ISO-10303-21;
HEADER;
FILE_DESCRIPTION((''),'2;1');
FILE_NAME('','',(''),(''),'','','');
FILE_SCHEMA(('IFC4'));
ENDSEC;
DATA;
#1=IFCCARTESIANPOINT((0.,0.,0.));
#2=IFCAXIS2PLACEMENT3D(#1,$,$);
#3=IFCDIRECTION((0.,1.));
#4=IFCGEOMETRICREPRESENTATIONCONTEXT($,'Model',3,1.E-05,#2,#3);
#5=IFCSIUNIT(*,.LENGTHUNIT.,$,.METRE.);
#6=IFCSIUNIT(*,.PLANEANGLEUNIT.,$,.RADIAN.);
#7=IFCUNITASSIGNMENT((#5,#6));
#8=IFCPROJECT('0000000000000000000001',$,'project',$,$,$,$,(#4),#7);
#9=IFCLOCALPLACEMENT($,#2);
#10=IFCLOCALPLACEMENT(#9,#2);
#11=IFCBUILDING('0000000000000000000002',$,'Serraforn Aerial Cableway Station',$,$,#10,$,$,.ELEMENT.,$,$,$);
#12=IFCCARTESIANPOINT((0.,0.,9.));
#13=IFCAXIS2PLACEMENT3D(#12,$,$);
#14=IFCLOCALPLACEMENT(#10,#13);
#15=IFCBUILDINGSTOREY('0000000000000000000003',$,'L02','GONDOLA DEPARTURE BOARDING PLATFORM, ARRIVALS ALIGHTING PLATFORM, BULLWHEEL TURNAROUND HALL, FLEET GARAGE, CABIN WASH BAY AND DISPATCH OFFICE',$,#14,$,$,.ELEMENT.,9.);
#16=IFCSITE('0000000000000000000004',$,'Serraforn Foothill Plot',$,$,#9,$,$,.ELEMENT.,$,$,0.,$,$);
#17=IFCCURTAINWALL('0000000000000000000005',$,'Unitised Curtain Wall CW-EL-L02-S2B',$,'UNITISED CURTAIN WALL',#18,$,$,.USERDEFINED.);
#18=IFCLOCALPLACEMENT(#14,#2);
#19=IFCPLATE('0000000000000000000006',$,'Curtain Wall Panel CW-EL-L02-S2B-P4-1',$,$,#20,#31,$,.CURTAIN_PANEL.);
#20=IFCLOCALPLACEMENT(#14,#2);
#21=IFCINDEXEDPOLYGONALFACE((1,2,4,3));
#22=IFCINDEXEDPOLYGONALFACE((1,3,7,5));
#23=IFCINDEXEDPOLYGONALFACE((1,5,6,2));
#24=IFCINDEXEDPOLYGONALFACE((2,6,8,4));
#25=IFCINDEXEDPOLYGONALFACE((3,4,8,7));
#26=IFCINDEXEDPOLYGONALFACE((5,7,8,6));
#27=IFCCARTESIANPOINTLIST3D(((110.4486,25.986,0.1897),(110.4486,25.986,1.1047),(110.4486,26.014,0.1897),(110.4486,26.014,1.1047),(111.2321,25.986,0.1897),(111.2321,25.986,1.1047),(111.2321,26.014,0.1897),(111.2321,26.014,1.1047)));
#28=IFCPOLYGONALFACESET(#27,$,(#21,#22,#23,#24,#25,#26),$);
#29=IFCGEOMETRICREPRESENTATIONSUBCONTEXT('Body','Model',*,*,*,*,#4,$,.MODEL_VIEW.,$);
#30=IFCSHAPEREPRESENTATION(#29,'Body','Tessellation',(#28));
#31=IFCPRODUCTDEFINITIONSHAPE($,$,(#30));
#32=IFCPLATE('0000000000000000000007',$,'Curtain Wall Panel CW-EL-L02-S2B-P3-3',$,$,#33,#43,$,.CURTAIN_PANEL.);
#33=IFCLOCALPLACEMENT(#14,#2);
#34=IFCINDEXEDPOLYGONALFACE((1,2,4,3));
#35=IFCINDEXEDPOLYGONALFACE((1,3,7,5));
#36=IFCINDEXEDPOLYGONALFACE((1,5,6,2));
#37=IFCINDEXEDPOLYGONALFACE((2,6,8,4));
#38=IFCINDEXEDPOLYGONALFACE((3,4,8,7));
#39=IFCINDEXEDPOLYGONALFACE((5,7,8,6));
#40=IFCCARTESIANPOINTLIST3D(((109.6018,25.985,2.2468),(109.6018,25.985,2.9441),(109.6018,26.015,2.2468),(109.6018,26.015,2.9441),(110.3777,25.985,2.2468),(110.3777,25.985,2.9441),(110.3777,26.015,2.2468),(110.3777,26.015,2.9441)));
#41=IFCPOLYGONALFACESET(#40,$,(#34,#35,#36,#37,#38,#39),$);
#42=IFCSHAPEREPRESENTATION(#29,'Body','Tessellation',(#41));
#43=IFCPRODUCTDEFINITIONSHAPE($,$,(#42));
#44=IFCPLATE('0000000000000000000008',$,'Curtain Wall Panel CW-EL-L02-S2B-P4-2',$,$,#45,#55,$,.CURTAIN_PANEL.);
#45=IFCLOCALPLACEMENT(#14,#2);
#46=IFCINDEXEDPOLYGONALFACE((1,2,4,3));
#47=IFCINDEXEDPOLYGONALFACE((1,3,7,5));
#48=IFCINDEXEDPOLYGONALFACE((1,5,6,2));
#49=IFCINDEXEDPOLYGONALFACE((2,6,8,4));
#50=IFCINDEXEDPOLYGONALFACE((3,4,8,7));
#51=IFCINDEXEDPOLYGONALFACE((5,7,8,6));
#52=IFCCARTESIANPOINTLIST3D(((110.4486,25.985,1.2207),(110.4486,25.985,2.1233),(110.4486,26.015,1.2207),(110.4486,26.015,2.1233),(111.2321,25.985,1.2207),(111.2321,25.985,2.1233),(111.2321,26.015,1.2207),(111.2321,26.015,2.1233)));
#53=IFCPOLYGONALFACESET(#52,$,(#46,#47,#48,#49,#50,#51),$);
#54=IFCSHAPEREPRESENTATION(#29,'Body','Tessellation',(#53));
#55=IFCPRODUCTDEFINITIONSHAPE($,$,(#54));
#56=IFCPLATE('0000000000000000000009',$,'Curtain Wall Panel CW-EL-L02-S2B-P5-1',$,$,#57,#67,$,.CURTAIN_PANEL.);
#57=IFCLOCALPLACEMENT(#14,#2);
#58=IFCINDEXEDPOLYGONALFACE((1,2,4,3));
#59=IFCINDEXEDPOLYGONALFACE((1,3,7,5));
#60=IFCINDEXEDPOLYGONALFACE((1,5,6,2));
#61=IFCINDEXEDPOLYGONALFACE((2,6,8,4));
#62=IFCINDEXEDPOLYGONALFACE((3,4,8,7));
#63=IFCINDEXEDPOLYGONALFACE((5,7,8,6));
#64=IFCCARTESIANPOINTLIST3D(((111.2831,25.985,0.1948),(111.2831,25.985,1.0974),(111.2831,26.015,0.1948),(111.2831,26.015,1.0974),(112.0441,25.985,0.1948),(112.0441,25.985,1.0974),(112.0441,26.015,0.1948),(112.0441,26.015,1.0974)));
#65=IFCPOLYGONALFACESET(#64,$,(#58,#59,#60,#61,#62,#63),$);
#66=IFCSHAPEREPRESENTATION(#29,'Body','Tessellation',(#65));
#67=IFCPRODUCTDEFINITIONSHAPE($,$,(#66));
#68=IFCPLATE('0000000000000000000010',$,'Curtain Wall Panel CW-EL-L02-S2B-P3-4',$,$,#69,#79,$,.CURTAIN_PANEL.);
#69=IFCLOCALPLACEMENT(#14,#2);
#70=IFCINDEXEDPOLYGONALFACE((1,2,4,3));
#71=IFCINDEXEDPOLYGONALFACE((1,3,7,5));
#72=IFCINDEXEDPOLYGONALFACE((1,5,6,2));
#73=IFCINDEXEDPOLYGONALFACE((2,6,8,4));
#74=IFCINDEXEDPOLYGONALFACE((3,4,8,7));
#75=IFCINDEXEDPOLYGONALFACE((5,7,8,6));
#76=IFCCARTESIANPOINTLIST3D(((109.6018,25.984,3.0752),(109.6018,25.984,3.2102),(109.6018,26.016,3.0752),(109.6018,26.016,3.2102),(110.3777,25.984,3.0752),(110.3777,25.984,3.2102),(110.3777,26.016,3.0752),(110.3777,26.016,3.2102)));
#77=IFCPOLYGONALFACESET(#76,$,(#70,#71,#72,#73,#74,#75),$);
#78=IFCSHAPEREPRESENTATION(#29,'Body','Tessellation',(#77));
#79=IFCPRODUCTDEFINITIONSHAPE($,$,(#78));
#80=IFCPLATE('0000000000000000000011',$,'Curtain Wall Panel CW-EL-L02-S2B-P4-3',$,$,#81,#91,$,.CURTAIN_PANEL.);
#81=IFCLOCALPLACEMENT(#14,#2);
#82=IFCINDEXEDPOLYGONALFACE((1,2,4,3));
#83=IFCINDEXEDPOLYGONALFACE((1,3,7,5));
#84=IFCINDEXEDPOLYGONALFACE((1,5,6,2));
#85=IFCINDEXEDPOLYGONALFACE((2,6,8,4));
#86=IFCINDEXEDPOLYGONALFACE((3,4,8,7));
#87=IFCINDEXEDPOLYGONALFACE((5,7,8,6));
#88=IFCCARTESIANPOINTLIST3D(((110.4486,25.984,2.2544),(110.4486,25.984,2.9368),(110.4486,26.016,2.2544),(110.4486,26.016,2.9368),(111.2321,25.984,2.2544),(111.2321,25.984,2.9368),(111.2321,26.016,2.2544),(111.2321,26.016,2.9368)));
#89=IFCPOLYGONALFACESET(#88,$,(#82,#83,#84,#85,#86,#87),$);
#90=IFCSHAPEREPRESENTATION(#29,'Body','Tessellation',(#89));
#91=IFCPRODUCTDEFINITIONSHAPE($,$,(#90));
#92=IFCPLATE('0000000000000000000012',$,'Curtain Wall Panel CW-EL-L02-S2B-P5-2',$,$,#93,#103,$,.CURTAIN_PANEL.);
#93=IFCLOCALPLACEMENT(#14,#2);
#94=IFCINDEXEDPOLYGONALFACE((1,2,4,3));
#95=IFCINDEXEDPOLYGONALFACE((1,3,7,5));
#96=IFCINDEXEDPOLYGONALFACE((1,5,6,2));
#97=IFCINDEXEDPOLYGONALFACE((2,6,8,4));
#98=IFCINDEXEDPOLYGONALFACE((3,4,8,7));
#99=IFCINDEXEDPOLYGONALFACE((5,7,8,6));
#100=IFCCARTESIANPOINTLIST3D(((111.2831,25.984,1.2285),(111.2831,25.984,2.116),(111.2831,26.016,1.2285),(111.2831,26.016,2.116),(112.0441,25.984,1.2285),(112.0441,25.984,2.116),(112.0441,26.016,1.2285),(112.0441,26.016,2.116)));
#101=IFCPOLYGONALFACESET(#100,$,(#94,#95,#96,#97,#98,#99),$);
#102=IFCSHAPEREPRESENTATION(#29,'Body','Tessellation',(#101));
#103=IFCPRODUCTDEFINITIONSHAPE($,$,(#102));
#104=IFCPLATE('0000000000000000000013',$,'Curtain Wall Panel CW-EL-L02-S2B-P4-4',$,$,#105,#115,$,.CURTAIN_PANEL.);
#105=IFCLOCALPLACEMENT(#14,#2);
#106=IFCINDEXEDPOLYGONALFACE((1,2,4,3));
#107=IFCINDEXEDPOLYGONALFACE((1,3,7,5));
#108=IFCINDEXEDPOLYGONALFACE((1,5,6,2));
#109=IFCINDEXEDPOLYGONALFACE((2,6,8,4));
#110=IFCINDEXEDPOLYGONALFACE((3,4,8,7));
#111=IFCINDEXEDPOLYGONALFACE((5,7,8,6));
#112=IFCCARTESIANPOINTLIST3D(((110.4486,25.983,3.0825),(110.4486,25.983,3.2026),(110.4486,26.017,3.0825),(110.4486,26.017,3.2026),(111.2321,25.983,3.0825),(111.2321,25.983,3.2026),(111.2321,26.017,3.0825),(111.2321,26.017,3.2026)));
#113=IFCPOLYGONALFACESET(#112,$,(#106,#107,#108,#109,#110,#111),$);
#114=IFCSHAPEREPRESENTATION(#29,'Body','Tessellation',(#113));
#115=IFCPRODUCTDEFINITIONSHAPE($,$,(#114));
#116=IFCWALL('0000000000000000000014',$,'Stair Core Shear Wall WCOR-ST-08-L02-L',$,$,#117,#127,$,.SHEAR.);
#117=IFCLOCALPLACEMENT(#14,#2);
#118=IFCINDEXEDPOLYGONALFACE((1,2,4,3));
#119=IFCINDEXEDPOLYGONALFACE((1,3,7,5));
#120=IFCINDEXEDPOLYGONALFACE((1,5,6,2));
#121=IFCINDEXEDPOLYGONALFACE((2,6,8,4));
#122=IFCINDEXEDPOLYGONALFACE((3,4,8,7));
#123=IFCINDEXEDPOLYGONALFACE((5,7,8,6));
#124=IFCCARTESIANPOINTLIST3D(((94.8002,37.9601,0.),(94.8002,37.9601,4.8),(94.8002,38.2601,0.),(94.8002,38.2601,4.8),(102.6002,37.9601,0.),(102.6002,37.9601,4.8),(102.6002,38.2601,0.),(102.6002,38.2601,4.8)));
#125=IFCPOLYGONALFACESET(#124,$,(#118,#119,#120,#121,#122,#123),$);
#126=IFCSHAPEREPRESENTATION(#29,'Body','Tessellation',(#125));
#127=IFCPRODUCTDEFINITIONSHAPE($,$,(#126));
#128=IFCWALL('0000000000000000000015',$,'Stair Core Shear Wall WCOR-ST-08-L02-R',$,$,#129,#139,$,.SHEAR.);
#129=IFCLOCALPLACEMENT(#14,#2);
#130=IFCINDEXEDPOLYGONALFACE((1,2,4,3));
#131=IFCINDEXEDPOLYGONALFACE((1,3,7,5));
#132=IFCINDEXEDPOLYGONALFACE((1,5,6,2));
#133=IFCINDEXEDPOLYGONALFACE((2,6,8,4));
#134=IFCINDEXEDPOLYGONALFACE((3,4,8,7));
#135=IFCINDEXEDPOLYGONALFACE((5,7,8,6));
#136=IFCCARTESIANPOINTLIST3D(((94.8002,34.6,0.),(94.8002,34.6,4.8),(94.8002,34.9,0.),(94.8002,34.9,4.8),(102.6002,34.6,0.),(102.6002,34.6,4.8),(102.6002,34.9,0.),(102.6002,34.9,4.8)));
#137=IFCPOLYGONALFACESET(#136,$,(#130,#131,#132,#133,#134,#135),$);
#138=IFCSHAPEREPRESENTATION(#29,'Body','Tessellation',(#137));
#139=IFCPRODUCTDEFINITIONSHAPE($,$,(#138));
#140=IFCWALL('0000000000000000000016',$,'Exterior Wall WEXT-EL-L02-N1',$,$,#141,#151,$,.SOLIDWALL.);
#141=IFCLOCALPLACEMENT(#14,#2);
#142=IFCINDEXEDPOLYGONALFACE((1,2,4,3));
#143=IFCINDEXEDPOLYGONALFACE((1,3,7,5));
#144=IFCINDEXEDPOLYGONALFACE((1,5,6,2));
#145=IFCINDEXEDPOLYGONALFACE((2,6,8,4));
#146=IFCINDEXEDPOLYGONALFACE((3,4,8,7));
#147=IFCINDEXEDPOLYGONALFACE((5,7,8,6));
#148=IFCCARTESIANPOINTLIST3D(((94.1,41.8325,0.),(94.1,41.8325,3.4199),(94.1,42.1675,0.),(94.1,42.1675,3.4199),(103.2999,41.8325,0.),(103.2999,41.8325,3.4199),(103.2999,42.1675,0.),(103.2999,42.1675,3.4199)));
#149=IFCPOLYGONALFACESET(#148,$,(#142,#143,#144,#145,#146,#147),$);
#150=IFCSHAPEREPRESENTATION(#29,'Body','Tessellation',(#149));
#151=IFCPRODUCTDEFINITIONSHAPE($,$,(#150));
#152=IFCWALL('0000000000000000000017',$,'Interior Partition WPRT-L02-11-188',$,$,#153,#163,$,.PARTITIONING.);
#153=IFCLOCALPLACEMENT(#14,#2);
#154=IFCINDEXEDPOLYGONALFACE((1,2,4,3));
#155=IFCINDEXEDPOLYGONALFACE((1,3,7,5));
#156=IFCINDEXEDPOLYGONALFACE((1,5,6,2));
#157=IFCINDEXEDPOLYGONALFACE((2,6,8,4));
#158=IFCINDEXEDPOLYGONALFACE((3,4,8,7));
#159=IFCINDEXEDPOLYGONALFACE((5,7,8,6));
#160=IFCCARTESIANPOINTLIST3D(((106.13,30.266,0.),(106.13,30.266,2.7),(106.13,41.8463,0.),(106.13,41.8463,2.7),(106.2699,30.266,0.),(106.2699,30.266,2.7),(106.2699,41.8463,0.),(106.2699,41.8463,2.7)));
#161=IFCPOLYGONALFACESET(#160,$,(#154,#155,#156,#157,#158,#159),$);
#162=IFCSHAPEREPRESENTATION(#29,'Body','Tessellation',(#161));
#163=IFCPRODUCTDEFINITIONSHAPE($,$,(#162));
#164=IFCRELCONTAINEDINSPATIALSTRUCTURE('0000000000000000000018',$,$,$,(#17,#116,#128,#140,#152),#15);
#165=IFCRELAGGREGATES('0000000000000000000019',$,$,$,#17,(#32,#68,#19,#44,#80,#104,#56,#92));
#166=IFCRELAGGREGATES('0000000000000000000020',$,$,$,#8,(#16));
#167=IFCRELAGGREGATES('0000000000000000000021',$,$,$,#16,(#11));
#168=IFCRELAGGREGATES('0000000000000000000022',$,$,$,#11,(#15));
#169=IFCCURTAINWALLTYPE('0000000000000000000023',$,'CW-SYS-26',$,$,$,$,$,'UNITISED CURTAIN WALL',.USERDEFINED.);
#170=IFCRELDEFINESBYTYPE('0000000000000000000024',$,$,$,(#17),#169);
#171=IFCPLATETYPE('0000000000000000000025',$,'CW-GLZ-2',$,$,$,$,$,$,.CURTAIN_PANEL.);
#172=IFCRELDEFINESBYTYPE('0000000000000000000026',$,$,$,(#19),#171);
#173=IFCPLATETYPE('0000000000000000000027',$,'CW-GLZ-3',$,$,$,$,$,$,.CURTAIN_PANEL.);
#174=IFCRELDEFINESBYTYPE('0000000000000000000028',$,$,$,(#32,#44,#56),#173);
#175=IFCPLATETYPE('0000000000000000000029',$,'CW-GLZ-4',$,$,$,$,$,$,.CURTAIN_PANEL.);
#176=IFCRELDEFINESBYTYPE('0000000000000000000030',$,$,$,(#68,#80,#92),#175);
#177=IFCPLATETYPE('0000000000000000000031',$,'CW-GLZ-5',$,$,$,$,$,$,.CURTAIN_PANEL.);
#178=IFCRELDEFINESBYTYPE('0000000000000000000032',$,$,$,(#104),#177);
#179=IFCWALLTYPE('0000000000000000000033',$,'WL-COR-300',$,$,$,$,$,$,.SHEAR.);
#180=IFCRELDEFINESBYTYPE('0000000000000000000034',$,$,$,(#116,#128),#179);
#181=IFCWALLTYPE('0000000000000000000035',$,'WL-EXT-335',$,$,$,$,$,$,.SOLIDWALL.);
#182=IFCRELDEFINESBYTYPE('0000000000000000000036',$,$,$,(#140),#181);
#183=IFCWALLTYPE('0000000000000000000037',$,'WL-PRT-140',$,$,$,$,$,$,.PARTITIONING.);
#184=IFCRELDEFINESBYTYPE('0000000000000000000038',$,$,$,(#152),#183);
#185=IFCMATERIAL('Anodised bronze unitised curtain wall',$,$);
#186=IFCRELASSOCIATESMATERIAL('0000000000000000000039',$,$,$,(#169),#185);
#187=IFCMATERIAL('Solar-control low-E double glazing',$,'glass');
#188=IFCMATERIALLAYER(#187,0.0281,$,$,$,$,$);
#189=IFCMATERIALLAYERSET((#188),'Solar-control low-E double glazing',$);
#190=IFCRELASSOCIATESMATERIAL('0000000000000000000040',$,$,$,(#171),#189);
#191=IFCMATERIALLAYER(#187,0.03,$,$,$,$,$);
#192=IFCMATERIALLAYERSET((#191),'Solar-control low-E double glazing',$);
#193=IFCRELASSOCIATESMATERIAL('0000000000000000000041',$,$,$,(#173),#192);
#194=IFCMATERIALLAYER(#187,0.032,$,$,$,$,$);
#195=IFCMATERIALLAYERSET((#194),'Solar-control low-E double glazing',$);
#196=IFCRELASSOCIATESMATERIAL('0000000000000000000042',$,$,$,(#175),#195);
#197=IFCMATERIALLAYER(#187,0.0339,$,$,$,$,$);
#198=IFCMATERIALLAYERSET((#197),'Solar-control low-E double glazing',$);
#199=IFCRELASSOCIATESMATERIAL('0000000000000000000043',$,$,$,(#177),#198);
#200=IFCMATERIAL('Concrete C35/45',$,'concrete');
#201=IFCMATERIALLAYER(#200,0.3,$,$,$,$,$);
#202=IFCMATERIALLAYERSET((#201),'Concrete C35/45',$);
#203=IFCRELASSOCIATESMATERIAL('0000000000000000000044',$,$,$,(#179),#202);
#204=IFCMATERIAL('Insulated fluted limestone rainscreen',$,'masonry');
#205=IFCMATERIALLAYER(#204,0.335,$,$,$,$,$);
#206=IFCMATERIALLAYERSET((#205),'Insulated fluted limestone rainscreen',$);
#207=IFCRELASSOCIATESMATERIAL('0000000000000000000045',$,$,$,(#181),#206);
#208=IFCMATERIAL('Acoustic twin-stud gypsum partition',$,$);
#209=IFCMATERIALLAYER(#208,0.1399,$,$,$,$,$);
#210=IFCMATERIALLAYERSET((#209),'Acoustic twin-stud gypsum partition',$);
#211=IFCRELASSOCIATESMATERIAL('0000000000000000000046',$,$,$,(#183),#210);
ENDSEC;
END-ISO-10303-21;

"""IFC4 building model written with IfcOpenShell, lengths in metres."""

from ifc_helpers import new_model, si_unit, direction, frame, frame_2d, origin, origin_2d, place, context, subcontext, project, spatial, rectangle, extrude, material, layer, layer_set, type_object, element, aggregate, save


model = new_model("IFC4")

# Units and contexts
model_context = context("Model", 3, precision=1e-05, world=origin(), true_north=direction((0.0, 1.0)))
body_context = subcontext(model_context, "Body", "Model", "MODEL_VIEW")
ifc_project = project(units=[si_unit("LENGTHUNIT", "METRE"), si_unit("PLANEANGLEUNIT", "RADIAN")], contexts=[model_context])

# Site, building, storey
site_placement = place(None, origin())
site = spatial("IfcSite", under=ifc_project, at=site_placement, Name="Serraforn Foothill Plot", CompositionType="ELEMENT", RefElevation=0.0)
building_placement = place(site_placement, origin())
building = spatial("IfcBuilding", under=site, at=building_placement, Name="Serraforn Aerial Cableway Station", CompositionType="ELEMENT")
storey_placement = place(building_placement, frame((0.0, 0.0, 9.0)))
storey = spatial("IfcBuildingStorey", under=building, at=storey_placement, Name="L02", Description="GONDOLA DEPARTURE BOARDING PLATFORM, ARRIVALS ALIGHTING PLATFORM, BULLWHEEL TURNAROUND HALL, FLEET GARAGE, CABIN WASH BAY AND DISPATCH OFFICE", CompositionType="ELEMENT", Elevation=9.0)

# Curtain wall, plates
ifc_material_1 = material(Name="Anodised bronze unitised curtain wall")
curtain_wall_type = type_object("IfcCurtainWallType", Name="CW-SYS-26", ElementType="UNITISED CURTAIN WALL", PredefinedType="USERDEFINED", material=ifc_material_1)
curtain_wall_placement = place(storey_placement, origin())
curtain_wall = element("IfcCurtainWall", 1, at=curtain_wall_placement, inside=storey, type_object=curtain_wall_type, Name="Unitised Curtain Wall CW-EL-L02-S2B", ObjectType="UNITISED CURTAIN WALL", PredefinedType="USERDEFINED")
ifc_material_2 = material(Name="Solar-control low-E double glazing", Category="glass")
ifc_layer_1 = layer(ifc_material_2, 0.0281)
ifc_layer_set_1 = layer_set([ifc_layer_1], Name="Solar-control low-E double glazing")
plate_type_1 = type_object("IfcPlateType", Name="CW-GLZ-2", PredefinedType="CURTAIN_PANEL", material=ifc_layer_set_1)
plate_1_placement = place(storey_placement, frame((110.8403, 26.0, 0.1897), z_axis=(0.0, 0.0, 1.0), x_axis=(1.0, 0.0, 0.0)))
plate_1 = element("IfcPlate", 2, at=plate_1_placement, type_object=plate_type_1, Name="Curtain Wall Panel CW-EL-L02-S2B-P4-1", PredefinedType="CURTAIN_PANEL", context=body_context, shape_type="SweptSolid", body=[
    extrude(rectangle(XDim=0.7834, YDim=0.0281, at=origin_2d()), origin(), (0.0, 0.0, 1.0), 0.915),
])
ifc_layer_2 = layer(ifc_material_2, 0.03)
ifc_layer_set_2 = layer_set([ifc_layer_2], Name="Solar-control low-E double glazing")
plate_type_2 = type_object("IfcPlateType", Name="CW-GLZ-3", PredefinedType="CURTAIN_PANEL", material=ifc_layer_set_2)
plate_2_placement = place(storey_placement, frame((109.9897, 26.0, 2.2468), z_axis=(0.0, 0.0, 1.0), x_axis=(1.0, 0.0, 0.0)))
plate_2 = element("IfcPlate", 3, at=plate_2_placement, type_object=plate_type_2, Name="Curtain Wall Panel CW-EL-L02-S2B-P3-3", PredefinedType="CURTAIN_PANEL", context=body_context, shape_type="SweptSolid", body=[
    extrude(rectangle(XDim=0.7759, YDim=0.03, at=origin_2d()), origin(), (0.0, 0.0, 1.0), 0.6973),
])
plate_3_placement = place(storey_placement, frame((110.8403, 26.0, 1.2207), z_axis=(0.0, 0.0, 1.0), x_axis=(1.0, 0.0, 0.0)))
plate_3 = element("IfcPlate", 4, at=plate_3_placement, type_object=plate_type_2, Name="Curtain Wall Panel CW-EL-L02-S2B-P4-2", PredefinedType="CURTAIN_PANEL", context=body_context, shape_type="SweptSolid", body=[
    extrude(rectangle(XDim=0.7834, YDim=0.03, at=origin_2d()), origin(), (0.0, 0.0, 1.0), 0.9026),
])
plate_4_placement = place(storey_placement, frame((111.6636, 26.0, 0.1948), z_axis=(0.0, 0.0, 1.0), x_axis=(1.0, 0.0, 0.0)))
plate_4 = element("IfcPlate", 5, at=plate_4_placement, type_object=plate_type_2, Name="Curtain Wall Panel CW-EL-L02-S2B-P5-1", PredefinedType="CURTAIN_PANEL", context=body_context, shape_type="SweptSolid", body=[
    extrude(rectangle(XDim=0.761, YDim=0.03, at=origin_2d()), origin(), (0.0, 0.0, 1.0), 0.9026),
])
ifc_layer_3 = layer(ifc_material_2, 0.032)
ifc_layer_set_3 = layer_set([ifc_layer_3], Name="Solar-control low-E double glazing")
plate_type_3 = type_object("IfcPlateType", Name="CW-GLZ-4", PredefinedType="CURTAIN_PANEL", material=ifc_layer_set_3)
plate_5_placement = place(storey_placement, frame((109.9897, 26.0, 3.0752), z_axis=(0.0, 0.0, 1.0), x_axis=(1.0, 0.0, 0.0)))
plate_5 = element("IfcPlate", 6, at=plate_5_placement, type_object=plate_type_3, Name="Curtain Wall Panel CW-EL-L02-S2B-P3-4", PredefinedType="CURTAIN_PANEL", context=body_context, shape_type="SweptSolid", body=[
    extrude(rectangle(XDim=0.7759, YDim=0.032, at=origin_2d()), origin(), (0.0, 0.0, 1.0), 0.135),
])
plate_6_placement = place(storey_placement, frame((110.8403, 26.0, 2.2544), z_axis=(0.0, 0.0, 1.0), x_axis=(1.0, 0.0, 0.0)))
plate_6 = element("IfcPlate", 7, at=plate_6_placement, type_object=plate_type_3, Name="Curtain Wall Panel CW-EL-L02-S2B-P4-3", PredefinedType="CURTAIN_PANEL", context=body_context, shape_type="SweptSolid", body=[
    extrude(rectangle(XDim=0.7834, YDim=0.032, at=origin_2d()), origin(), (0.0, 0.0, 1.0), 0.6824),
])
plate_7_placement = place(storey_placement, frame((111.6636, 26.0, 1.2285), z_axis=(0.0, 0.0, 1.0), x_axis=(1.0, 0.0, 0.0)))
plate_7 = element("IfcPlate", 8, at=plate_7_placement, type_object=plate_type_3, Name="Curtain Wall Panel CW-EL-L02-S2B-P5-2", PredefinedType="CURTAIN_PANEL", context=body_context, shape_type="SweptSolid", body=[
    extrude(rectangle(XDim=0.761, YDim=0.032, at=origin_2d()), origin(), (0.0, 0.0, 1.0), 0.8875),
])
ifc_layer_4 = layer(ifc_material_2, 0.0339)
ifc_layer_set_4 = layer_set([ifc_layer_4], Name="Solar-control low-E double glazing")
plate_type_4 = type_object("IfcPlateType", Name="CW-GLZ-5", PredefinedType="CURTAIN_PANEL", material=ifc_layer_set_4)
plate_8_placement = place(storey_placement, frame((110.8403, 26.0, 3.0825), z_axis=(0.0, 0.0, 1.0), x_axis=(1.0, 0.0, 0.0)))
plate_8 = element("IfcPlate", 9, at=plate_8_placement, type_object=plate_type_4, Name="Curtain Wall Panel CW-EL-L02-S2B-P4-4", PredefinedType="CURTAIN_PANEL", context=body_context, shape_type="SweptSolid", body=[
    extrude(rectangle(XDim=0.7834, YDim=0.0339, at=origin_2d()), origin(), (0.0, 0.0, 1.0), 0.1201),
])
aggregate(curtain_wall, [plate_2, plate_5, plate_1, plate_3, plate_6, plate_8, plate_4, plate_7])

# Shared definitions
ifc_material_3 = material(Name="Concrete C35/45", Category="concrete")
ifc_layer_5 = layer(ifc_material_3, 0.3)
ifc_layer_set_5 = layer_set([ifc_layer_5], Name="Concrete C35/45")
wall_type_1 = type_object("IfcWallType", Name="WL-COR-300", PredefinedType="SHEAR", material=ifc_layer_set_5)

# Walls
for number, where, z_axis, x_axis, name in (
    (10, (102.6001, 38.1101, 0.0), (0.0, 0.0, 1.0), (-1.0, 0.0, 0.0), "Stair Core Shear Wall WCOR-ST-08-L02-L"),
    (11, (102.6001, 34.75, 0.0), (0.0, 0.0, 1.0), (-1.0, 0.0, 0.0), "Stair Core Shear Wall WCOR-ST-08-L02-R"),
):
    element("IfcWall", number, at=place(storey_placement, frame(where, z_axis=z_axis, x_axis=x_axis)), inside=storey, type_object=wall_type_1, Name=name, PredefinedType="SHEAR", context=body_context, shape_type="SweptSolid", body=[
        extrude(rectangle(XDim=7.8, YDim=0.3, at=frame_2d((3.8999, 0.0))), origin(), (0.0, 0.0, 1.0), 4.8),
    ])
ifc_material_4 = material(Name="Insulated fluted limestone rainscreen", Category="masonry")
ifc_layer_6 = layer(ifc_material_4, 0.335)
ifc_layer_set_6 = layer_set([ifc_layer_6], Name="Insulated fluted limestone rainscreen")
wall_type_2 = type_object("IfcWallType", Name="WL-EXT-335", PredefinedType="SOLIDWALL", material=ifc_layer_set_6)
wall_1_placement = place(storey_placement, frame((103.3, 42.0, 0.0), z_axis=(0.0, 0.0, 1.0), x_axis=(-1.0, 0.0, 0.0)))
element("IfcWall", 12, at=wall_1_placement, inside=storey, type_object=wall_type_2, Name="Exterior Wall WEXT-EL-L02-N1", PredefinedType="SOLIDWALL", context=body_context, shape_type="SweptSolid", body=[
    extrude(rectangle(XDim=9.2, YDim=0.335, at=frame_2d((4.6001, 0.0))), origin(), (0.0, 0.0, 1.0), 3.4199),
])
ifc_material_5 = material(Name="Acoustic twin-stud gypsum partition")
ifc_layer_7 = layer(ifc_material_5, 0.1399)
ifc_layer_set_7 = layer_set([ifc_layer_7], Name="Acoustic twin-stud gypsum partition")
wall_type_3 = type_object("IfcWallType", Name="WL-PRT-140", PredefinedType="PARTITIONING", material=ifc_layer_set_7)
wall_2_placement = place(storey_placement, frame((106.2, 30.2661, 0.0), z_axis=(0.0, 0.0, 1.0), x_axis=(0.0, 1.0, 0.0)))
element("IfcWall", 13, at=wall_2_placement, inside=storey, type_object=wall_type_3, Name="Interior Partition WPRT-L02-11-188", PredefinedType="PARTITIONING", context=body_context, shape_type="SweptSolid", body=[
    extrude(rectangle(XDim=11.5803, YDim=0.1399, at=frame_2d((5.79, 0.0))), origin(), (0.0, 0.0, 1.0), 2.7),
])

save(model, "model.ifc")
